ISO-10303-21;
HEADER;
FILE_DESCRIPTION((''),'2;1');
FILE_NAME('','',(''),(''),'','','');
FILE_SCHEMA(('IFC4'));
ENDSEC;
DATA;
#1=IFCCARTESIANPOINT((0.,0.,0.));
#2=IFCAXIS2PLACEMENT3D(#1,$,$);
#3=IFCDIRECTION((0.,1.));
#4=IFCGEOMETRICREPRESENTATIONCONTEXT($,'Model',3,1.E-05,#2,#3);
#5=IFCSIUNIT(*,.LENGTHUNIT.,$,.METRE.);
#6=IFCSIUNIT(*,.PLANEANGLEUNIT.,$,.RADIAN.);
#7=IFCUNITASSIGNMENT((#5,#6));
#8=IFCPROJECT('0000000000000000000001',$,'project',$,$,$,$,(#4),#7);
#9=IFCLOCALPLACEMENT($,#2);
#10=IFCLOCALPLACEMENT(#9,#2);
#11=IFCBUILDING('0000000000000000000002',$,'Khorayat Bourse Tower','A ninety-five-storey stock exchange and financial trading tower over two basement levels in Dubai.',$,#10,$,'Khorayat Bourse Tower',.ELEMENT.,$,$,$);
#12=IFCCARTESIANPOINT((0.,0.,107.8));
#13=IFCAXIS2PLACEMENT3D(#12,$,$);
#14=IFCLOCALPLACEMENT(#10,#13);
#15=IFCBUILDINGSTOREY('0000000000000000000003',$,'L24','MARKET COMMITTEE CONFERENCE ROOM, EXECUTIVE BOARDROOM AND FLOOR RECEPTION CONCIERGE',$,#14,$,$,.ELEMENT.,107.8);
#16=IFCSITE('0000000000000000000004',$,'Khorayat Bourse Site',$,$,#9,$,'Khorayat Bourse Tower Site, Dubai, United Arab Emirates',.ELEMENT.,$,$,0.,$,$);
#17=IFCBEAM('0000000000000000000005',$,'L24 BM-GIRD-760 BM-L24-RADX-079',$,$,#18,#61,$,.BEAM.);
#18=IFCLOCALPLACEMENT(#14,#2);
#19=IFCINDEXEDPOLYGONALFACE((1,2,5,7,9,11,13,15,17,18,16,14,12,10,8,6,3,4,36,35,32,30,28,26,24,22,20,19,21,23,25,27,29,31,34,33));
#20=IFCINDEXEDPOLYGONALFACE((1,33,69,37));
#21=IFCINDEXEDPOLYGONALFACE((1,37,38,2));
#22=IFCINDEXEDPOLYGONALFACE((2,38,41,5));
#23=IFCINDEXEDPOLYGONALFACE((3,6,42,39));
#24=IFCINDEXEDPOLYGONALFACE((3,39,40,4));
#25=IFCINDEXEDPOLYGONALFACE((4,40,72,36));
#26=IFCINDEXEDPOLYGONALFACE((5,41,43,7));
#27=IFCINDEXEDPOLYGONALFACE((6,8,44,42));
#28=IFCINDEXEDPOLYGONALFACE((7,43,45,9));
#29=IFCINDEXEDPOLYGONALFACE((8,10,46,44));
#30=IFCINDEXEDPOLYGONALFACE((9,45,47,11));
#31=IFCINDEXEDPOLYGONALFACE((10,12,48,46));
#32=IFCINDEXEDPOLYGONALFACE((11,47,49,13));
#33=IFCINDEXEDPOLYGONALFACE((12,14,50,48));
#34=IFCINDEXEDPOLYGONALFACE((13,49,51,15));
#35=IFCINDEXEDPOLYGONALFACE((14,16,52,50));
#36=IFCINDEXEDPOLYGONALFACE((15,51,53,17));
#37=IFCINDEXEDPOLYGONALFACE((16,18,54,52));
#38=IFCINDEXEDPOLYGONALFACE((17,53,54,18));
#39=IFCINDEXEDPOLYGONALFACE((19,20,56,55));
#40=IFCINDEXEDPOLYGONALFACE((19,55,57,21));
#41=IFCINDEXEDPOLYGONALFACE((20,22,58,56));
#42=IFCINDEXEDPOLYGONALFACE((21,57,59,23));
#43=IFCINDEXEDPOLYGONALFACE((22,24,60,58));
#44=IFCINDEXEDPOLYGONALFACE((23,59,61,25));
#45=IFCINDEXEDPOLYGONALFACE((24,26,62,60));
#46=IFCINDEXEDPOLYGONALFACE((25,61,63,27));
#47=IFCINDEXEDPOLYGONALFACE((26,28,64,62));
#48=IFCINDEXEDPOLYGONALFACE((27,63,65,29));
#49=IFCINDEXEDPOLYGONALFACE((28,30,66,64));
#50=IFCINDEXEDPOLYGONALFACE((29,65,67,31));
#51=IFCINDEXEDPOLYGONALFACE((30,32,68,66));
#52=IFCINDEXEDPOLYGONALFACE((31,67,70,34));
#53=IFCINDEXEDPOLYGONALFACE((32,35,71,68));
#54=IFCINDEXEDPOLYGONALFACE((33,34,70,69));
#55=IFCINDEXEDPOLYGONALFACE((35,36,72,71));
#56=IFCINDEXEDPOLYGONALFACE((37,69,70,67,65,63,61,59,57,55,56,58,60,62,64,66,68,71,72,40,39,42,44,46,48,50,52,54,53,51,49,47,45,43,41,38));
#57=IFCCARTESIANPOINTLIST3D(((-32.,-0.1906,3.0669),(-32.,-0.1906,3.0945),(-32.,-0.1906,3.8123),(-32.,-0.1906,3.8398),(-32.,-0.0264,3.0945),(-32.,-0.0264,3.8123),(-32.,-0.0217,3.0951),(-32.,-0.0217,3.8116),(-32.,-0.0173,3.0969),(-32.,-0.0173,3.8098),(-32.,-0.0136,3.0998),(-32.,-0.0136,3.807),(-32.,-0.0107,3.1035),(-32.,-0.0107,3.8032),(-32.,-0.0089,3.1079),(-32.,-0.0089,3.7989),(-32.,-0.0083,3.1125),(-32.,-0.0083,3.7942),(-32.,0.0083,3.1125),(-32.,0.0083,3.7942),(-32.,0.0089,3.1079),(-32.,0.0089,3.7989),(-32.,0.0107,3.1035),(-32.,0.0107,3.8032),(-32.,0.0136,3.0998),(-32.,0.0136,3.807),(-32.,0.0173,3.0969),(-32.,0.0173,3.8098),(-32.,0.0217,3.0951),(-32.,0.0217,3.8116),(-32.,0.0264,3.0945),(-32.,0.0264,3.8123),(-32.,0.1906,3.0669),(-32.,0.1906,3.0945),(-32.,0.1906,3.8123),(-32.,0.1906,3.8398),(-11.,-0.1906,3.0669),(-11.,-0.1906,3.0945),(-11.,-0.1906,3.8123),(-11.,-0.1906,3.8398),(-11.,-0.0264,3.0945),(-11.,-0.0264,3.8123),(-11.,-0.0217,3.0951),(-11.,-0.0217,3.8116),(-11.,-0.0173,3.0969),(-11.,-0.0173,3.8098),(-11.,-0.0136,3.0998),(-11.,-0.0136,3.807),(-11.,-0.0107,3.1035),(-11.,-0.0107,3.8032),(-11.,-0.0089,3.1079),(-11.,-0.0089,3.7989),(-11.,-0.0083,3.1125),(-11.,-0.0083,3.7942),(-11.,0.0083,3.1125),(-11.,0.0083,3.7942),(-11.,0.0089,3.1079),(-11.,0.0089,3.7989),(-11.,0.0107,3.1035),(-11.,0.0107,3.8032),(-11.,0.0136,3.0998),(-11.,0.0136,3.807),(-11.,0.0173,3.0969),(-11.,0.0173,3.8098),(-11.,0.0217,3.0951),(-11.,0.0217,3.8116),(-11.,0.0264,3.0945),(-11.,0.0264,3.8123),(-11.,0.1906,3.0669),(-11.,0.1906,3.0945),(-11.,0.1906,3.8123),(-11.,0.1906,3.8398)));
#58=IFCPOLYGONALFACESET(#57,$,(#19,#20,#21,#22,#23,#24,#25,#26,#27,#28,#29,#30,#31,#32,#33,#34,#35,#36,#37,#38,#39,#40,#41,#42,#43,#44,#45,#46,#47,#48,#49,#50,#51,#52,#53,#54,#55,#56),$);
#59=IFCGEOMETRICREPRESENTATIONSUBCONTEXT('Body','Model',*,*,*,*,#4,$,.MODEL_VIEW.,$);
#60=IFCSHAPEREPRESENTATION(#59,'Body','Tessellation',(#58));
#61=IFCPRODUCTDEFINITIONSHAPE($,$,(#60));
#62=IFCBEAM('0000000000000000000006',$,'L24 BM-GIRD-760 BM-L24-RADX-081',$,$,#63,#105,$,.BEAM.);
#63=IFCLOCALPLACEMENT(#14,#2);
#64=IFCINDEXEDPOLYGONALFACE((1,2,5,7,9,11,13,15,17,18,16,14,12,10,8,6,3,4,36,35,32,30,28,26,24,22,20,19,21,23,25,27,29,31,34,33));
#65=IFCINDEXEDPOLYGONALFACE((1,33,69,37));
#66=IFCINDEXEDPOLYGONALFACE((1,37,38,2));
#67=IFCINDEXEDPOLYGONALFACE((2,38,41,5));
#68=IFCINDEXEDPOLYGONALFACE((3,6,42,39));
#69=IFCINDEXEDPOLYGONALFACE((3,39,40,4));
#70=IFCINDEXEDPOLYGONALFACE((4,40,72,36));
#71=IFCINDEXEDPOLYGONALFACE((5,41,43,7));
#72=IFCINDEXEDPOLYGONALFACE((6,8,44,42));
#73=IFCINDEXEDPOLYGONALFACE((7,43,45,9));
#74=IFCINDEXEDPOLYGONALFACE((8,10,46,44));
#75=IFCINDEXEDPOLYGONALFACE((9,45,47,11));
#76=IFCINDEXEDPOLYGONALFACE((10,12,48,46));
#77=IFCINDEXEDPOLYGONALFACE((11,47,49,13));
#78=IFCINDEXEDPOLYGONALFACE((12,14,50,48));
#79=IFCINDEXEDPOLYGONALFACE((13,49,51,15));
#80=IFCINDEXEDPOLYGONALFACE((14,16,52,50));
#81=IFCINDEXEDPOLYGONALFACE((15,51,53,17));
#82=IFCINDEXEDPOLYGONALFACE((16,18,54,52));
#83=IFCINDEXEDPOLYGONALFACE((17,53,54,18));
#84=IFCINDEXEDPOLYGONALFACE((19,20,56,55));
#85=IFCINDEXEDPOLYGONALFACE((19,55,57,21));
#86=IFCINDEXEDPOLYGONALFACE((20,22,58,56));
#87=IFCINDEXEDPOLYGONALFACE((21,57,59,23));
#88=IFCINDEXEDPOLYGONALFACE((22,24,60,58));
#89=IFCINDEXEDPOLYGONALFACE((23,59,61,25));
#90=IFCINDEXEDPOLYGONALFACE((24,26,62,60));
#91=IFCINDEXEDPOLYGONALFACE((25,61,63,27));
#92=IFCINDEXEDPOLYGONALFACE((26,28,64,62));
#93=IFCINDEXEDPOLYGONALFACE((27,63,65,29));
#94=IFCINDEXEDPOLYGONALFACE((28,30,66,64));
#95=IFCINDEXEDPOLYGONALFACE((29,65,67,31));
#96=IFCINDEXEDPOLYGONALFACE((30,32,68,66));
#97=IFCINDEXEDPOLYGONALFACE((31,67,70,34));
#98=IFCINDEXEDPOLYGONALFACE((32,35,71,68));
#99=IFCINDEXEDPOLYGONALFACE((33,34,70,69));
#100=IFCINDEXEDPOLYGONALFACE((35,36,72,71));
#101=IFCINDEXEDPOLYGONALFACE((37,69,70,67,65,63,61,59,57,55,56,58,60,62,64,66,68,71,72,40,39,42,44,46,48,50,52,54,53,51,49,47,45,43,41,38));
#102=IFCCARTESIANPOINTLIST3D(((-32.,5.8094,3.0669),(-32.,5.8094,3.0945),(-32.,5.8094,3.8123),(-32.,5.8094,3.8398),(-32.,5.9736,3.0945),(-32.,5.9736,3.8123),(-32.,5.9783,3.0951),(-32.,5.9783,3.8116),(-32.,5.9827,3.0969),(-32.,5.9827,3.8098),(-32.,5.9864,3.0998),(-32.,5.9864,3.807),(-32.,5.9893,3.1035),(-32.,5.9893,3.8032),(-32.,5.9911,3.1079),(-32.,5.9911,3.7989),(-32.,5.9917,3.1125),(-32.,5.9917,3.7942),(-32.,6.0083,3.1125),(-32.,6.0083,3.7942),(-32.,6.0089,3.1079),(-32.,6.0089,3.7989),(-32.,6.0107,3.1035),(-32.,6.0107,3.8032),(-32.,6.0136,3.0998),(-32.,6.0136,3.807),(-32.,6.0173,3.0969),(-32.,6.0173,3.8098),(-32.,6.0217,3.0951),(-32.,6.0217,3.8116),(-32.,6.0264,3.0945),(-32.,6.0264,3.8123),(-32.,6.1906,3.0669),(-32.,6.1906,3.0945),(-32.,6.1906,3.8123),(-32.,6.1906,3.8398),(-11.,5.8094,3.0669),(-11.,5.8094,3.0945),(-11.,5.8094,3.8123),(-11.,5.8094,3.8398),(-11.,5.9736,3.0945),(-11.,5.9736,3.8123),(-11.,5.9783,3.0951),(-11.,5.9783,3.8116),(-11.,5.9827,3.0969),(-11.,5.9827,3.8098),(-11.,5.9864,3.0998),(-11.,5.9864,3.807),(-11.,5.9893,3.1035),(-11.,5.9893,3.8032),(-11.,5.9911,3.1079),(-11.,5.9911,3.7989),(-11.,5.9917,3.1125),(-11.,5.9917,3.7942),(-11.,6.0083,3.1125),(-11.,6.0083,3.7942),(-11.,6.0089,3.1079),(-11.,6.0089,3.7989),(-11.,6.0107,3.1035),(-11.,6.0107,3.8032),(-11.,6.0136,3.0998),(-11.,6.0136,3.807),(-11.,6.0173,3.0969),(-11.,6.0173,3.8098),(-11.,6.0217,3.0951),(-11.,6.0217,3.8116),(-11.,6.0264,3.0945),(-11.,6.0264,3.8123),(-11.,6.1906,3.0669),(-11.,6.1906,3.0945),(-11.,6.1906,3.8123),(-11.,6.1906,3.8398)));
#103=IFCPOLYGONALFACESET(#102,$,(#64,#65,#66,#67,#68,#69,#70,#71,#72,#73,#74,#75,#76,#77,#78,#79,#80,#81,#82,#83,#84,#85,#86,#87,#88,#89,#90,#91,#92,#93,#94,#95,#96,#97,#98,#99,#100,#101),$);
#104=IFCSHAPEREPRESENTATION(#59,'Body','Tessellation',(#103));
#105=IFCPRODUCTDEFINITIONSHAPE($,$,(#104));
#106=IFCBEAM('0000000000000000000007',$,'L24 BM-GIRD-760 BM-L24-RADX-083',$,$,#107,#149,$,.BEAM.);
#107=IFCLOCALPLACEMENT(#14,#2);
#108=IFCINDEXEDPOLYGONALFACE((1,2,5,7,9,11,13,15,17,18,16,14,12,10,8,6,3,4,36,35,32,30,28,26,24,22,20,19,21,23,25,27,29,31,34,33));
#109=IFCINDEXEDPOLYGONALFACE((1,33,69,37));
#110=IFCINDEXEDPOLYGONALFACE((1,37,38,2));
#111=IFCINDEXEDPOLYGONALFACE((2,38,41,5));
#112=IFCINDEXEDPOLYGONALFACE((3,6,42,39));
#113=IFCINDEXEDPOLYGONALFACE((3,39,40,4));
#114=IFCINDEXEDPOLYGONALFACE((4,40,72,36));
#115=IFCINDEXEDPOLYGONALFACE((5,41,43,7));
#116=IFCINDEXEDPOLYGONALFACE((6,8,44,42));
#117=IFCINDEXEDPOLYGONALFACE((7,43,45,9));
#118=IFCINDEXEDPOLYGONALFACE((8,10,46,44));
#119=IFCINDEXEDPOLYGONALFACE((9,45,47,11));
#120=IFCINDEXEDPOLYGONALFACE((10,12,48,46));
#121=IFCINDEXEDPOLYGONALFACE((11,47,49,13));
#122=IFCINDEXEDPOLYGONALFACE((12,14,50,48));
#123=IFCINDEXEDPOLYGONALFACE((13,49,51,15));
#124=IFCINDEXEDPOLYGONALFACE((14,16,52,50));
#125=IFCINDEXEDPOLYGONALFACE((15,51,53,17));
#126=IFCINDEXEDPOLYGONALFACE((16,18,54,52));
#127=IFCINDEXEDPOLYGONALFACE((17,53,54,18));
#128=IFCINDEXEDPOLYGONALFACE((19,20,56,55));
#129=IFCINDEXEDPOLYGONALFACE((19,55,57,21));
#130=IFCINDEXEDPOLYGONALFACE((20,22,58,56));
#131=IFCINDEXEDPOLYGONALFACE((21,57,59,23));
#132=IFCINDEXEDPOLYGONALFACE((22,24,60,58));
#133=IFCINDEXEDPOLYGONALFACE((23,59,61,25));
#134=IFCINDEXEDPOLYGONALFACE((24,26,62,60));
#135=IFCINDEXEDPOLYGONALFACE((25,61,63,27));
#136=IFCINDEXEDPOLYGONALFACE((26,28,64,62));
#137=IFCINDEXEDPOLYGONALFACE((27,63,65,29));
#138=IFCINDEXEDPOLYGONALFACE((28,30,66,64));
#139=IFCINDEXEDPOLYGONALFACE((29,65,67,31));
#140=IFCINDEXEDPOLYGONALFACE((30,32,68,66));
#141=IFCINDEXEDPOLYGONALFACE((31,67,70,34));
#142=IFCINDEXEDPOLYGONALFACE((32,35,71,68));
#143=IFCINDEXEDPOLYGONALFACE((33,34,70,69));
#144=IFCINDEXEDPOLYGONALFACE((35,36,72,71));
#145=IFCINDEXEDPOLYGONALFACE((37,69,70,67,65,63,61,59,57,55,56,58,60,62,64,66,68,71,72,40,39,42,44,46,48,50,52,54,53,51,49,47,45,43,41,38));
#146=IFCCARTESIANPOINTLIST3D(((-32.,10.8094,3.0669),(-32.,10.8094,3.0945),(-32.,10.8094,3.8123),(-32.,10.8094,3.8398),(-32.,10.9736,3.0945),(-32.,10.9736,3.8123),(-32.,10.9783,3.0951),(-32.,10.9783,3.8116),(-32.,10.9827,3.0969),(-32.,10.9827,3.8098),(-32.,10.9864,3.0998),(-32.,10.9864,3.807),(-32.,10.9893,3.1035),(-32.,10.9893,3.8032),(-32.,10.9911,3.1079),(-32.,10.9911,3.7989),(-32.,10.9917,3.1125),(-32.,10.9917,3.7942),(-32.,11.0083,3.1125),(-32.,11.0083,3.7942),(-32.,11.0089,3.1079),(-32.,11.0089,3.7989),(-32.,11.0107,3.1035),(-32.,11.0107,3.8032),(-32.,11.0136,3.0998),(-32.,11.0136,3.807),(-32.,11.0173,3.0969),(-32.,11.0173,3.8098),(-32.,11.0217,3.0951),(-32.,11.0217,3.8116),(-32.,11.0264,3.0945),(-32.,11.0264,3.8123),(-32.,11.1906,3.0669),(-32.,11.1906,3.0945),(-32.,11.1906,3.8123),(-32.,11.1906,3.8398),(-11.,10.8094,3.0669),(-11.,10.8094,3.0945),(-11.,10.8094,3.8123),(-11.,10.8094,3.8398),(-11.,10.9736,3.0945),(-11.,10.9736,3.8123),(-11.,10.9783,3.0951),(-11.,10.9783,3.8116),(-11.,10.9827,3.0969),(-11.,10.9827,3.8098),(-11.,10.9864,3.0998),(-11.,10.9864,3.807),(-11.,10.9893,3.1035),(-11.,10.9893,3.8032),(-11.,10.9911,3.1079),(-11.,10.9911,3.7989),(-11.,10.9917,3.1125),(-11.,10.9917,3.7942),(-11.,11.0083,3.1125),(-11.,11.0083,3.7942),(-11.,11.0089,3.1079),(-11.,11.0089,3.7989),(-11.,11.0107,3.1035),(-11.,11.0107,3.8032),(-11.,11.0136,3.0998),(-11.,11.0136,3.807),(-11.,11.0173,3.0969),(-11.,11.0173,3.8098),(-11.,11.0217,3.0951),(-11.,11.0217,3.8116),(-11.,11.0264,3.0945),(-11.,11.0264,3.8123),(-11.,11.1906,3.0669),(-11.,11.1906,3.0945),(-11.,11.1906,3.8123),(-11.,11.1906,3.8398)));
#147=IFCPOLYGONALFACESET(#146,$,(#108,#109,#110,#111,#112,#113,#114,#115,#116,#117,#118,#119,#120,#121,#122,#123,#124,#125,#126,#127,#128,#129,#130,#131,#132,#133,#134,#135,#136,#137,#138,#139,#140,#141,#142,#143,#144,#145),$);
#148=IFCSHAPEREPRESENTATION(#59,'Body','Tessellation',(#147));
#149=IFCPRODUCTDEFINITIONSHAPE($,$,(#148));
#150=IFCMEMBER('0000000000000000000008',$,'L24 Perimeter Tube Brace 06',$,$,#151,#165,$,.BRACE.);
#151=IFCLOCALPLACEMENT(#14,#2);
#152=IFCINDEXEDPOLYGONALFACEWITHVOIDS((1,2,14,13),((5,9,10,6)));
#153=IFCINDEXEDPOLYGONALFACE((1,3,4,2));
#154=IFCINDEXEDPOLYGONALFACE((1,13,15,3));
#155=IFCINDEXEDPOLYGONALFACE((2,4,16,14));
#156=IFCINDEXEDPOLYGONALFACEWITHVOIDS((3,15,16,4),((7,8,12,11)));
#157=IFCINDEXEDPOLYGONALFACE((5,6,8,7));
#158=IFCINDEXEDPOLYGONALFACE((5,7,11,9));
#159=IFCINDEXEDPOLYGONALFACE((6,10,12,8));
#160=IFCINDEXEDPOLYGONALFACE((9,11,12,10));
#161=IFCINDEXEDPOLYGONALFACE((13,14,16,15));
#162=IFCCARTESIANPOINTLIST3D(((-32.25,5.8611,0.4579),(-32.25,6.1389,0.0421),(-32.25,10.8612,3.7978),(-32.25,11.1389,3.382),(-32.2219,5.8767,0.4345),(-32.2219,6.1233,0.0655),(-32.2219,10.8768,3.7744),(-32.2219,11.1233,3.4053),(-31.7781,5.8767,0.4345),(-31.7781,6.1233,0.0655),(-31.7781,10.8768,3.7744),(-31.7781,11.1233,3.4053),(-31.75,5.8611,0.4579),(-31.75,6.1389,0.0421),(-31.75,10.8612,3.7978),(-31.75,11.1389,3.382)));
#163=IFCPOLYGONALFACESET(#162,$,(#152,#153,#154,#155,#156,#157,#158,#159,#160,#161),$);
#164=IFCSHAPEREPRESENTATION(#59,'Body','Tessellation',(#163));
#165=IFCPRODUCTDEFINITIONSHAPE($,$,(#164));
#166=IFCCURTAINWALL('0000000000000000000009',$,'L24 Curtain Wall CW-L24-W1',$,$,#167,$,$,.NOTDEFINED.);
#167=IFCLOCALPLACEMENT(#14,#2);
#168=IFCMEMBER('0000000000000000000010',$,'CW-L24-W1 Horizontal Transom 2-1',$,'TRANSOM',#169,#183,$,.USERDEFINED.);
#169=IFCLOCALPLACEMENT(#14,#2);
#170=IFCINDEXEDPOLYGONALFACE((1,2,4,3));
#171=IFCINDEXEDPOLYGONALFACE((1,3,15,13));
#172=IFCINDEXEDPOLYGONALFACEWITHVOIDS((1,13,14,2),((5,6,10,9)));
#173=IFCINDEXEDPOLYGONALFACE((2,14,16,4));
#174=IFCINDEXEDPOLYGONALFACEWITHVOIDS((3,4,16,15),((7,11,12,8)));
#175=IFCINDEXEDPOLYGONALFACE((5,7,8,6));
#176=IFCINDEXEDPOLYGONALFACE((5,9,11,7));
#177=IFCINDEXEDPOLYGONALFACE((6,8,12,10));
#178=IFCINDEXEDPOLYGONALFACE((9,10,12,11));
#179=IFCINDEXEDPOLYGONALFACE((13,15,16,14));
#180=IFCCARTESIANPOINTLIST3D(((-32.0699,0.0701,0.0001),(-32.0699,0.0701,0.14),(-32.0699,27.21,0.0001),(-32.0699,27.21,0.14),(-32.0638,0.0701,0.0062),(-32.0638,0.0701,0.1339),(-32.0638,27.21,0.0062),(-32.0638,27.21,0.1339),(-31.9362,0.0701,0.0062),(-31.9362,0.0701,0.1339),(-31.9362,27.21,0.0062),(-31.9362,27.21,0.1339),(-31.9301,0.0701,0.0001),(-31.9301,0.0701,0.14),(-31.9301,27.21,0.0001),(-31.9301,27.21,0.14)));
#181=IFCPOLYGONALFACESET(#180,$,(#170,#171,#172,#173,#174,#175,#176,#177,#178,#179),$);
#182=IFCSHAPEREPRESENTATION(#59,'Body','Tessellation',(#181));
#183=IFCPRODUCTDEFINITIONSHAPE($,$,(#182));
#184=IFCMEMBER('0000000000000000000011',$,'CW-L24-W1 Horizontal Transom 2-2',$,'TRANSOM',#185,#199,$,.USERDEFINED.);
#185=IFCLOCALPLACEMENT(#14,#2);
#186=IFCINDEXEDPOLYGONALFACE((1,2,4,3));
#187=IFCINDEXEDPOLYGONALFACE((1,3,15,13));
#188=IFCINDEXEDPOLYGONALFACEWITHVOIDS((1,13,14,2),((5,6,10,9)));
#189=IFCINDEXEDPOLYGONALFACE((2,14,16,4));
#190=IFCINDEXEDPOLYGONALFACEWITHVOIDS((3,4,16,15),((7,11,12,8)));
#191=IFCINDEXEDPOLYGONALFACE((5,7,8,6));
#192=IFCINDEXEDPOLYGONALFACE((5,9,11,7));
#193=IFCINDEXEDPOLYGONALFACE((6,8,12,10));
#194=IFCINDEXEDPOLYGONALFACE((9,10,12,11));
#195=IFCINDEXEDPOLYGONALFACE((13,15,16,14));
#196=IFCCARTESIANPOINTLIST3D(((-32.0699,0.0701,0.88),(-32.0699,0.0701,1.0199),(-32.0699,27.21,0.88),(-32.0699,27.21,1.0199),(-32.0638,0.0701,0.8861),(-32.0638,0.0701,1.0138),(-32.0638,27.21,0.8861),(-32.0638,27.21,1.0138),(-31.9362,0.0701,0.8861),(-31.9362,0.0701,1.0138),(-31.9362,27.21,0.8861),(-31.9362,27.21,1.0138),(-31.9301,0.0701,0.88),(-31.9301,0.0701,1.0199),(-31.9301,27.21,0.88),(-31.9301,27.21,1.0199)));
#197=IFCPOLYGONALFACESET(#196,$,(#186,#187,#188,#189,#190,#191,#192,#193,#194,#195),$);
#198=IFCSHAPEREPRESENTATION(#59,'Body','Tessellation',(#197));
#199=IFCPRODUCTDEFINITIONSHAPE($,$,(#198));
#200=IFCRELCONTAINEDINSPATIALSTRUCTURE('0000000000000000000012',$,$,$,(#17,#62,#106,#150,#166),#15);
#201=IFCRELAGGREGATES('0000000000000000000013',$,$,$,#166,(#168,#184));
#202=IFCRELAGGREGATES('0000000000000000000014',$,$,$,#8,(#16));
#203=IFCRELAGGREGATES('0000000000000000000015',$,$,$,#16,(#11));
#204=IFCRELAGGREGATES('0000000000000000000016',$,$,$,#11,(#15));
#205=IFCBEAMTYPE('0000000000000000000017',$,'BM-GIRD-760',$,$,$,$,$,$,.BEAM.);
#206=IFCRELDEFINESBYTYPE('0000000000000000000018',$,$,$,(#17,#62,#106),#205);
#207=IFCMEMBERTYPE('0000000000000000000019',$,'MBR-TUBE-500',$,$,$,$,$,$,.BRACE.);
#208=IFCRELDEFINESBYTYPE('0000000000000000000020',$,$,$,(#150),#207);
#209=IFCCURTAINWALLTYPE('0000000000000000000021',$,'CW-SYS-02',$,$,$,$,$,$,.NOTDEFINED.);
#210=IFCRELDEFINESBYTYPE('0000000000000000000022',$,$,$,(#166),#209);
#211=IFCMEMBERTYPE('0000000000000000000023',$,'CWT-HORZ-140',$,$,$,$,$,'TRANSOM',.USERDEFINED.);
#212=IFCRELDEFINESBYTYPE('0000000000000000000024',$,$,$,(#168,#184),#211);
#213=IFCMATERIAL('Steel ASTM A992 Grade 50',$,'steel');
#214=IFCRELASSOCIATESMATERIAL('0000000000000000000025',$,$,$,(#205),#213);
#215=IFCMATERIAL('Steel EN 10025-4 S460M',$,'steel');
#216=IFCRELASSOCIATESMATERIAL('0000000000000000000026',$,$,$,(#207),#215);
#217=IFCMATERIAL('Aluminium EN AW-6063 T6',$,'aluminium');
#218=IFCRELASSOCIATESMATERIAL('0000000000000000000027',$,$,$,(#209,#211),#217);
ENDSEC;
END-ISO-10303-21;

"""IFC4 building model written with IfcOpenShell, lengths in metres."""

from ifc_helpers import new_model, si_unit, direction, frame, origin, origin_2d, place, context, subcontext, project, spatial, hollow_rectangle, i_section, extrude, source, transform, mapped, material, material_profile, profile_set, type_object, element, aggregate, save


model = new_model("IFC4")

# Units and contexts
model_context = context("Model", 3, precision=1e-05, world=origin(), true_north=direction((0.0, 1.0)))
body_context = subcontext(model_context, "Body", "Model", "MODEL_VIEW")
ifc_project = project(units=[si_unit("LENGTHUNIT", "METRE"), si_unit("PLANEANGLEUNIT", "RADIAN")], contexts=[model_context])

# Site, building, storey
site_placement = place(None, origin())
site = spatial("IfcSite", under=ifc_project, at=site_placement, Name="Khorayat Bourse Site", LongName="Khorayat Bourse Tower Site, Dubai, United Arab Emirates", CompositionType="ELEMENT", RefElevation=0.0)
building_placement = place(site_placement, origin())
building = spatial("IfcBuilding", under=site, at=building_placement, Name="Khorayat Bourse Tower", Description="A ninety-five-storey stock exchange and financial trading tower over two basement levels in Dubai.", LongName="Khorayat Bourse Tower", CompositionType="ELEMENT")
storey_placement = place(building_placement, frame((0.0, 0.0, 107.8)))
storey = spatial("IfcBuildingStorey", under=building, at=storey_placement, Name="L24", Description="MARKET COMMITTEE CONFERENCE ROOM, EXECUTIVE BOARDROOM AND FLOOR RECEPTION CONCIERGE", CompositionType="ELEMENT", Elevation=107.8)

# Shared definitions
ifc_material_1 = material(Name="Steel EN 10025-4 S460M", Category="steel")

# Beams
ifc_material_2 = material(Name="Steel ASTM A992 Grade 50", Category="steel")
ifc_material_profile_1 = material_profile(ifc_material_2, i_section(OverallWidth=0.3811, OverallDepth=0.7729, WebThickness=0.0166, FlangeThickness=0.0276, FilletRadius=0.0181, at=origin_2d()), Name="W760X257")
ifc_profile_set_1 = profile_set([ifc_material_profile_1], Name="Steel ASTM A992 Grade 50")
beam_type_1 = type_object("IfcBeamType", Name="BM-GIRD-760", PredefinedType="BEAM", material=ifc_profile_set_1)
shared_shape_1 = source(origin(), body_context, "Body", "SweptSolid", [
    extrude(i_section(OverallWidth=0.3811, OverallDepth=0.7729, WebThickness=0.0166, FlangeThickness=0.0276, FilletRadius=0.0181, at=origin_2d()), origin(), (0.0, 0.0, 1.0), 21.0),
])
for number, where, z_axis, x_axis, name in (
    (1, (-32.0, 0.0, 3.4534), (1.0, 0.0, 0.0), (0.0, 1.0, 0.0), "L24 BM-GIRD-760 BM-L24-RADX-079"),
    (2, (-32.0, 6.0, 3.4534), (1.0, 0.0, 0.0), (0.0, 1.0, 0.0), "L24 BM-GIRD-760 BM-L24-RADX-081"),
    (3, (-32.0, 11.0, 3.4534), (1.0, 0.0, 0.0), (0.0, 1.0, 0.0), "L24 BM-GIRD-760 BM-L24-RADX-083"),
):
    element("IfcBeam", number, at=place(storey_placement, frame(where, z_axis=z_axis, x_axis=x_axis)), inside=storey, type_object=beam_type_1, Name=name, PredefinedType="BEAM", context=body_context, shape_type="MappedRepresentation", body=[
        mapped(shared_shape_1, transform((0.0, 0.0, 0.0), scale=1.0)),
    ])

# Member
ifc_material_profile_2 = material_profile(ifc_material_1, hollow_rectangle(XDim=0.5, YDim=0.5, WallThickness=0.0281, at=origin_2d()), Name="HSS 500x500x28")
ifc_profile_set_2 = profile_set([ifc_material_profile_2], Name="Steel EN 10025-4 S460M")
member_type_1 = type_object("IfcMemberType", Name="MBR-TUBE-500", PredefinedType="BRACE", material=ifc_profile_set_2)
shared_shape_2 = source(origin(), body_context, "Body", "SweptSolid", [
    extrude(hollow_rectangle(XDim=0.5, YDim=0.5, WallThickness=0.0281, at=origin_2d()), origin(), (0.0, 0.0, 1.0), 6.0129),
])
member_1_placement = place(storey_placement, frame((-32.0, 6.0, 0.25), z_axis=(0.0, 0.83155, 0.55545), x_axis=(-1.0, 0.0, 0.0)))
element("IfcMember", 4, at=member_1_placement, inside=storey, type_object=member_type_1, Name="L24 Perimeter Tube Brace 06", PredefinedType="BRACE", context=body_context, shape_type="MappedRepresentation", body=[
    mapped(shared_shape_2, transform((0.0, 0.0, 0.0), scale=1.0)),
])

# Curtain wall, members
ifc_material_3 = material(Name="Aluminium EN AW-6063 T6", Category="aluminium")
curtain_wall_type = type_object("IfcCurtainWallType", Name="CW-SYS-02", PredefinedType="NOTDEFINED", material=ifc_material_3)
curtain_wall_placement = place(storey_placement, origin())
curtain_wall = element("IfcCurtainWall", 5, at=curtain_wall_placement, inside=storey, type_object=curtain_wall_type, Name="L24 Curtain Wall CW-L24-W1", PredefinedType="NOTDEFINED")
ifc_material_profile_3 = material_profile(ifc_material_3, hollow_rectangle(XDim=0.1399, YDim=0.1399, WallThickness=0.0061, at=origin_2d()), Name="ALU 140x140x6")
ifc_profile_set_3 = profile_set([ifc_material_profile_3], Name="Aluminium EN AW-6063 T6")
member_type_2 = type_object("IfcMemberType", Name="CWT-HORZ-140", ElementType="TRANSOM", PredefinedType="USERDEFINED", material=ifc_profile_set_3)
shared_shape_3 = source(origin(), body_context, "Body", "SweptSolid", [
    extrude(hollow_rectangle(XDim=0.1399, YDim=0.1399, WallThickness=0.0061, at=origin_2d()), origin(), (0.0, 0.0, 1.0), 27.1399),
])
member_2_placement = place(storey_placement, frame((-32.0, 0.0701, 0.0701), z_axis=(0.0, 1.0, 0.0), x_axis=(-1.0, 0.0, 0.0)))
member_2 = element("IfcMember", 6, at=member_2_placement, type_object=member_type_2, Name="CW-L24-W1 Horizontal Transom 2-1", ObjectType="TRANSOM", PredefinedType="USERDEFINED", context=body_context, shape_type="MappedRepresentation", body=[
    mapped(shared_shape_3, transform((0.0, 0.0, 0.0), scale=1.0)),
])
member_3_placement = place(storey_placement, frame((-32.0, 0.0701, 0.95), z_axis=(0.0, 1.0, 0.0), x_axis=(-1.0, 0.0, 0.0)))
member_3 = element("IfcMember", 7, at=member_3_placement, type_object=member_type_2, Name="CW-L24-W1 Horizontal Transom 2-2", ObjectType="TRANSOM", PredefinedType="USERDEFINED", context=body_context, shape_type="MappedRepresentation", body=[
    mapped(shared_shape_3, transform((0.0, 0.0, 0.0), scale=1.0)),
])
aggregate(curtain_wall, [member_2, member_3])

save(model, "model.ifc")
